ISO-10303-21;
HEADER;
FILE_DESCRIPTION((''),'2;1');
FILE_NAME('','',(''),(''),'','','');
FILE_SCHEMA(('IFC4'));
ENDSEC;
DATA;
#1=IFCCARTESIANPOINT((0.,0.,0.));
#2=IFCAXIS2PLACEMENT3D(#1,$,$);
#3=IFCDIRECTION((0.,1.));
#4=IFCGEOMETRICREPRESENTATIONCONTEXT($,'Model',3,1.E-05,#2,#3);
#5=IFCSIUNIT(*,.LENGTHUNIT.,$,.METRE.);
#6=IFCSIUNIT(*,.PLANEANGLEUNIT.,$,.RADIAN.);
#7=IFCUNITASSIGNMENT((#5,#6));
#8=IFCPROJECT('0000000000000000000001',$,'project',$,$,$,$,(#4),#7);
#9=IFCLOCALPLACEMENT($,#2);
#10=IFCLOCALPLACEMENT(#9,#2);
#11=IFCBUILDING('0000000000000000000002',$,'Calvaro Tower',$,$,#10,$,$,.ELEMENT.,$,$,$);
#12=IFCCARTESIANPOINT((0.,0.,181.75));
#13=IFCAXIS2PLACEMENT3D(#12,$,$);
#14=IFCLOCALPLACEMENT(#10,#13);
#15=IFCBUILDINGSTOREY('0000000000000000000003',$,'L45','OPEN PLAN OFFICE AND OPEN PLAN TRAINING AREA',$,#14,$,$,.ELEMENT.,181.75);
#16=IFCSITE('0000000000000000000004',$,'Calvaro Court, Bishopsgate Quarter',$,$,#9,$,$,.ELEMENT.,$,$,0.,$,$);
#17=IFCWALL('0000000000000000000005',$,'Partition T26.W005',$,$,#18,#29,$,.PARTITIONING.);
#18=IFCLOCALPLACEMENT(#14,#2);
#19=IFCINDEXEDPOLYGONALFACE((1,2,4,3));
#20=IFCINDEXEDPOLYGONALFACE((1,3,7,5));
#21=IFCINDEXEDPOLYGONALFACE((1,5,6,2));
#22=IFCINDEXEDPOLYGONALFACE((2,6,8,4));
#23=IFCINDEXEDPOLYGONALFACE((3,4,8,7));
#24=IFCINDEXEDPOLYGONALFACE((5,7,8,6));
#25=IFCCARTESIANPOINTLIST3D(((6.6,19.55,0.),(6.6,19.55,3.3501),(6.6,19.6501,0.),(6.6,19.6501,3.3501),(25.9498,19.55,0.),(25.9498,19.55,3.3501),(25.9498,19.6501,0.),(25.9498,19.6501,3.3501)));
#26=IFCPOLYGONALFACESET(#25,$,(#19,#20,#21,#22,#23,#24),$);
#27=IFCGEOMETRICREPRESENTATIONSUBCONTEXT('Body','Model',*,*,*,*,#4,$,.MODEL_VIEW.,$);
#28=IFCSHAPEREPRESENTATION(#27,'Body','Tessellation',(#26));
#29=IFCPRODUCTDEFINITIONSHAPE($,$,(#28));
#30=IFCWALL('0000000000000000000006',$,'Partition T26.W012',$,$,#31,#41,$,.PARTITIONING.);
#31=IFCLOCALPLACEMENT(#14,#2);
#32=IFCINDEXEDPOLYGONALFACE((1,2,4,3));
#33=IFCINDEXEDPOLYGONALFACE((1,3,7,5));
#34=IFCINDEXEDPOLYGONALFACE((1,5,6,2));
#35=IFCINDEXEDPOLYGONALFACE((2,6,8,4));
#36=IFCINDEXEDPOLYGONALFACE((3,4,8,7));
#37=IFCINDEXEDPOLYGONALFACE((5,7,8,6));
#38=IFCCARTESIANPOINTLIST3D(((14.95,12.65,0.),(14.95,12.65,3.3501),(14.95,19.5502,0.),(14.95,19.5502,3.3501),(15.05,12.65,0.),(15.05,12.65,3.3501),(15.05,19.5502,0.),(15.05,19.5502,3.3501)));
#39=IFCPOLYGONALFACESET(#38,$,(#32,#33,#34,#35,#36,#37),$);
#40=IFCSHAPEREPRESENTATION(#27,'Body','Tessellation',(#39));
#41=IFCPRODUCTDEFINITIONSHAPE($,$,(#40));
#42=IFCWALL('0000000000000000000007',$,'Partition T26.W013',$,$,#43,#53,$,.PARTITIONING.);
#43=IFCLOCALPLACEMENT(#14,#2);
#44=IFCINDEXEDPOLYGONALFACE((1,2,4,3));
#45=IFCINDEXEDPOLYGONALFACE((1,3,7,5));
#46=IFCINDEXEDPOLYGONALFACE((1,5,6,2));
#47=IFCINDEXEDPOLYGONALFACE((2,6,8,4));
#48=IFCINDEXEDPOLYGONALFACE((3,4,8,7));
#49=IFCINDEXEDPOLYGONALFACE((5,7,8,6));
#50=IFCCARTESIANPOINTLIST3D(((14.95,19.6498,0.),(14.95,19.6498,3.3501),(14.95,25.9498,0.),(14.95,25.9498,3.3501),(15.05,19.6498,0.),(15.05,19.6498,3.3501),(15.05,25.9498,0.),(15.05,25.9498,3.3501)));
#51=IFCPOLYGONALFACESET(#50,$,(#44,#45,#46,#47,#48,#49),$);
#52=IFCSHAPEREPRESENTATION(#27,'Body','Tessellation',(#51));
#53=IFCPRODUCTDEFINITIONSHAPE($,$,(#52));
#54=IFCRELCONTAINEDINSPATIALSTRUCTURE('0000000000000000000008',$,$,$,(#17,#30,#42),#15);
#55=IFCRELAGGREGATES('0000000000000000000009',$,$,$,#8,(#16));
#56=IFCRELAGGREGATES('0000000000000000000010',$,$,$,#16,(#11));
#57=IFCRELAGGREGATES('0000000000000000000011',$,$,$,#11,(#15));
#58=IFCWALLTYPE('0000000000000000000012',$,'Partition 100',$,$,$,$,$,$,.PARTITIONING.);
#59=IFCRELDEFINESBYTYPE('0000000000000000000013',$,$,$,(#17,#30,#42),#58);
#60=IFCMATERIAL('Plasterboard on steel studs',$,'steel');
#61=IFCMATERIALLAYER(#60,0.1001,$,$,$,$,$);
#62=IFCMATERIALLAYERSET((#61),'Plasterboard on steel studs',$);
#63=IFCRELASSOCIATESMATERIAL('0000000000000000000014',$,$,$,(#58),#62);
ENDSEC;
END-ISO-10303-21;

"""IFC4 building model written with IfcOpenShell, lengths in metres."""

from ifc_helpers import new_model, si_unit, direction, frame, frame_2d, origin, place, context, subcontext, project, spatial, rectangle, extrude, material, layer, layer_set, type_object, element, save


model = new_model("IFC4")

# Units and contexts
model_context = context("Model", 3, precision=1e-05, world=origin(), true_north=direction((0.0, 1.0)))
body_context = subcontext(model_context, "Body", "Model", "MODEL_VIEW")
ifc_project = project(units=[si_unit("LENGTHUNIT", "METRE"), si_unit("PLANEANGLEUNIT", "RADIAN")], contexts=[model_context])

# Site, building, storey
site_placement = place(None, origin())
site = spatial("IfcSite", under=ifc_project, at=site_placement, Name="Calvaro Court, Bishopsgate Quarter", CompositionType="ELEMENT", RefElevation=0.0)
building_placement = place(site_placement, origin())
building = spatial("IfcBuilding", under=site, at=building_placement, Name="Calvaro Tower", CompositionType="ELEMENT")
storey_placement = place(building_placement, frame((0.0, 0.0, 181.75)))
storey = spatial("IfcBuildingStorey", under=building, at=storey_placement, Name="L45", Description="OPEN PLAN OFFICE AND OPEN PLAN TRAINING AREA", CompositionType="ELEMENT", Elevation=181.75)

# Shared definitions
ifc_material_1 = material(Name="Plasterboard on steel studs", Category="steel")
ifc_layer_1 = layer(ifc_material_1, 0.1001)
ifc_layer_set_1 = layer_set([ifc_layer_1], Name="Plasterboard on steel studs")
wall_type = type_object("IfcWallType", Name="Partition 100", PredefinedType="PARTITIONING", material=ifc_layer_set_1)

# Walls
wall_1_placement = place(storey_placement, frame((6.6001, 19.6001, 0.0), z_axis=(0.0, 0.0, 1.0), x_axis=(1.0, 0.0, 0.0)))
element("IfcWall", 1, at=wall_1_placement, inside=storey, type_object=wall_type, Name="Partition T26.W005", PredefinedType="PARTITIONING", context=body_context, shape_type="SweptSolid", body=[
    extrude(rectangle(XDim=19.3499, YDim=0.1001, at=frame_2d((9.6748, 0.0))), origin(), (0.0, 0.0, 1.0), 3.3501),
])
wall_2_placement = place(storey_placement, frame((15.0, 12.6499, 0.0), z_axis=(0.0, 0.0, 1.0), x_axis=(0.0, 1.0, 0.0)))
element("IfcWall", 2, at=wall_2_placement, inside=storey, type_object=wall_type, Name="Partition T26.W012", PredefinedType="PARTITIONING", context=body_context, shape_type="SweptSolid", body=[
    extrude(rectangle(XDim=6.9001, YDim=0.1001, at=frame_2d((3.4502, 0.0))), origin(), (0.0, 0.0, 1.0), 3.3501),
])
wall_3_placement = place(storey_placement, frame((15.0, 19.6499, 0.0), z_axis=(0.0, 0.0, 1.0), x_axis=(0.0, 1.0, 0.0)))
element("IfcWall", 3, at=wall_3_placement, inside=storey, type_object=wall_type, Name="Partition T26.W013", PredefinedType="PARTITIONING", context=body_context, shape_type="SweptSolid", body=[
    extrude(rectangle(XDim=6.3, YDim=0.1001, at=frame_2d((3.1499, 0.0))), origin(), (0.0, 0.0, 1.0), 3.3501),
])

save(model, "model.ifc")
